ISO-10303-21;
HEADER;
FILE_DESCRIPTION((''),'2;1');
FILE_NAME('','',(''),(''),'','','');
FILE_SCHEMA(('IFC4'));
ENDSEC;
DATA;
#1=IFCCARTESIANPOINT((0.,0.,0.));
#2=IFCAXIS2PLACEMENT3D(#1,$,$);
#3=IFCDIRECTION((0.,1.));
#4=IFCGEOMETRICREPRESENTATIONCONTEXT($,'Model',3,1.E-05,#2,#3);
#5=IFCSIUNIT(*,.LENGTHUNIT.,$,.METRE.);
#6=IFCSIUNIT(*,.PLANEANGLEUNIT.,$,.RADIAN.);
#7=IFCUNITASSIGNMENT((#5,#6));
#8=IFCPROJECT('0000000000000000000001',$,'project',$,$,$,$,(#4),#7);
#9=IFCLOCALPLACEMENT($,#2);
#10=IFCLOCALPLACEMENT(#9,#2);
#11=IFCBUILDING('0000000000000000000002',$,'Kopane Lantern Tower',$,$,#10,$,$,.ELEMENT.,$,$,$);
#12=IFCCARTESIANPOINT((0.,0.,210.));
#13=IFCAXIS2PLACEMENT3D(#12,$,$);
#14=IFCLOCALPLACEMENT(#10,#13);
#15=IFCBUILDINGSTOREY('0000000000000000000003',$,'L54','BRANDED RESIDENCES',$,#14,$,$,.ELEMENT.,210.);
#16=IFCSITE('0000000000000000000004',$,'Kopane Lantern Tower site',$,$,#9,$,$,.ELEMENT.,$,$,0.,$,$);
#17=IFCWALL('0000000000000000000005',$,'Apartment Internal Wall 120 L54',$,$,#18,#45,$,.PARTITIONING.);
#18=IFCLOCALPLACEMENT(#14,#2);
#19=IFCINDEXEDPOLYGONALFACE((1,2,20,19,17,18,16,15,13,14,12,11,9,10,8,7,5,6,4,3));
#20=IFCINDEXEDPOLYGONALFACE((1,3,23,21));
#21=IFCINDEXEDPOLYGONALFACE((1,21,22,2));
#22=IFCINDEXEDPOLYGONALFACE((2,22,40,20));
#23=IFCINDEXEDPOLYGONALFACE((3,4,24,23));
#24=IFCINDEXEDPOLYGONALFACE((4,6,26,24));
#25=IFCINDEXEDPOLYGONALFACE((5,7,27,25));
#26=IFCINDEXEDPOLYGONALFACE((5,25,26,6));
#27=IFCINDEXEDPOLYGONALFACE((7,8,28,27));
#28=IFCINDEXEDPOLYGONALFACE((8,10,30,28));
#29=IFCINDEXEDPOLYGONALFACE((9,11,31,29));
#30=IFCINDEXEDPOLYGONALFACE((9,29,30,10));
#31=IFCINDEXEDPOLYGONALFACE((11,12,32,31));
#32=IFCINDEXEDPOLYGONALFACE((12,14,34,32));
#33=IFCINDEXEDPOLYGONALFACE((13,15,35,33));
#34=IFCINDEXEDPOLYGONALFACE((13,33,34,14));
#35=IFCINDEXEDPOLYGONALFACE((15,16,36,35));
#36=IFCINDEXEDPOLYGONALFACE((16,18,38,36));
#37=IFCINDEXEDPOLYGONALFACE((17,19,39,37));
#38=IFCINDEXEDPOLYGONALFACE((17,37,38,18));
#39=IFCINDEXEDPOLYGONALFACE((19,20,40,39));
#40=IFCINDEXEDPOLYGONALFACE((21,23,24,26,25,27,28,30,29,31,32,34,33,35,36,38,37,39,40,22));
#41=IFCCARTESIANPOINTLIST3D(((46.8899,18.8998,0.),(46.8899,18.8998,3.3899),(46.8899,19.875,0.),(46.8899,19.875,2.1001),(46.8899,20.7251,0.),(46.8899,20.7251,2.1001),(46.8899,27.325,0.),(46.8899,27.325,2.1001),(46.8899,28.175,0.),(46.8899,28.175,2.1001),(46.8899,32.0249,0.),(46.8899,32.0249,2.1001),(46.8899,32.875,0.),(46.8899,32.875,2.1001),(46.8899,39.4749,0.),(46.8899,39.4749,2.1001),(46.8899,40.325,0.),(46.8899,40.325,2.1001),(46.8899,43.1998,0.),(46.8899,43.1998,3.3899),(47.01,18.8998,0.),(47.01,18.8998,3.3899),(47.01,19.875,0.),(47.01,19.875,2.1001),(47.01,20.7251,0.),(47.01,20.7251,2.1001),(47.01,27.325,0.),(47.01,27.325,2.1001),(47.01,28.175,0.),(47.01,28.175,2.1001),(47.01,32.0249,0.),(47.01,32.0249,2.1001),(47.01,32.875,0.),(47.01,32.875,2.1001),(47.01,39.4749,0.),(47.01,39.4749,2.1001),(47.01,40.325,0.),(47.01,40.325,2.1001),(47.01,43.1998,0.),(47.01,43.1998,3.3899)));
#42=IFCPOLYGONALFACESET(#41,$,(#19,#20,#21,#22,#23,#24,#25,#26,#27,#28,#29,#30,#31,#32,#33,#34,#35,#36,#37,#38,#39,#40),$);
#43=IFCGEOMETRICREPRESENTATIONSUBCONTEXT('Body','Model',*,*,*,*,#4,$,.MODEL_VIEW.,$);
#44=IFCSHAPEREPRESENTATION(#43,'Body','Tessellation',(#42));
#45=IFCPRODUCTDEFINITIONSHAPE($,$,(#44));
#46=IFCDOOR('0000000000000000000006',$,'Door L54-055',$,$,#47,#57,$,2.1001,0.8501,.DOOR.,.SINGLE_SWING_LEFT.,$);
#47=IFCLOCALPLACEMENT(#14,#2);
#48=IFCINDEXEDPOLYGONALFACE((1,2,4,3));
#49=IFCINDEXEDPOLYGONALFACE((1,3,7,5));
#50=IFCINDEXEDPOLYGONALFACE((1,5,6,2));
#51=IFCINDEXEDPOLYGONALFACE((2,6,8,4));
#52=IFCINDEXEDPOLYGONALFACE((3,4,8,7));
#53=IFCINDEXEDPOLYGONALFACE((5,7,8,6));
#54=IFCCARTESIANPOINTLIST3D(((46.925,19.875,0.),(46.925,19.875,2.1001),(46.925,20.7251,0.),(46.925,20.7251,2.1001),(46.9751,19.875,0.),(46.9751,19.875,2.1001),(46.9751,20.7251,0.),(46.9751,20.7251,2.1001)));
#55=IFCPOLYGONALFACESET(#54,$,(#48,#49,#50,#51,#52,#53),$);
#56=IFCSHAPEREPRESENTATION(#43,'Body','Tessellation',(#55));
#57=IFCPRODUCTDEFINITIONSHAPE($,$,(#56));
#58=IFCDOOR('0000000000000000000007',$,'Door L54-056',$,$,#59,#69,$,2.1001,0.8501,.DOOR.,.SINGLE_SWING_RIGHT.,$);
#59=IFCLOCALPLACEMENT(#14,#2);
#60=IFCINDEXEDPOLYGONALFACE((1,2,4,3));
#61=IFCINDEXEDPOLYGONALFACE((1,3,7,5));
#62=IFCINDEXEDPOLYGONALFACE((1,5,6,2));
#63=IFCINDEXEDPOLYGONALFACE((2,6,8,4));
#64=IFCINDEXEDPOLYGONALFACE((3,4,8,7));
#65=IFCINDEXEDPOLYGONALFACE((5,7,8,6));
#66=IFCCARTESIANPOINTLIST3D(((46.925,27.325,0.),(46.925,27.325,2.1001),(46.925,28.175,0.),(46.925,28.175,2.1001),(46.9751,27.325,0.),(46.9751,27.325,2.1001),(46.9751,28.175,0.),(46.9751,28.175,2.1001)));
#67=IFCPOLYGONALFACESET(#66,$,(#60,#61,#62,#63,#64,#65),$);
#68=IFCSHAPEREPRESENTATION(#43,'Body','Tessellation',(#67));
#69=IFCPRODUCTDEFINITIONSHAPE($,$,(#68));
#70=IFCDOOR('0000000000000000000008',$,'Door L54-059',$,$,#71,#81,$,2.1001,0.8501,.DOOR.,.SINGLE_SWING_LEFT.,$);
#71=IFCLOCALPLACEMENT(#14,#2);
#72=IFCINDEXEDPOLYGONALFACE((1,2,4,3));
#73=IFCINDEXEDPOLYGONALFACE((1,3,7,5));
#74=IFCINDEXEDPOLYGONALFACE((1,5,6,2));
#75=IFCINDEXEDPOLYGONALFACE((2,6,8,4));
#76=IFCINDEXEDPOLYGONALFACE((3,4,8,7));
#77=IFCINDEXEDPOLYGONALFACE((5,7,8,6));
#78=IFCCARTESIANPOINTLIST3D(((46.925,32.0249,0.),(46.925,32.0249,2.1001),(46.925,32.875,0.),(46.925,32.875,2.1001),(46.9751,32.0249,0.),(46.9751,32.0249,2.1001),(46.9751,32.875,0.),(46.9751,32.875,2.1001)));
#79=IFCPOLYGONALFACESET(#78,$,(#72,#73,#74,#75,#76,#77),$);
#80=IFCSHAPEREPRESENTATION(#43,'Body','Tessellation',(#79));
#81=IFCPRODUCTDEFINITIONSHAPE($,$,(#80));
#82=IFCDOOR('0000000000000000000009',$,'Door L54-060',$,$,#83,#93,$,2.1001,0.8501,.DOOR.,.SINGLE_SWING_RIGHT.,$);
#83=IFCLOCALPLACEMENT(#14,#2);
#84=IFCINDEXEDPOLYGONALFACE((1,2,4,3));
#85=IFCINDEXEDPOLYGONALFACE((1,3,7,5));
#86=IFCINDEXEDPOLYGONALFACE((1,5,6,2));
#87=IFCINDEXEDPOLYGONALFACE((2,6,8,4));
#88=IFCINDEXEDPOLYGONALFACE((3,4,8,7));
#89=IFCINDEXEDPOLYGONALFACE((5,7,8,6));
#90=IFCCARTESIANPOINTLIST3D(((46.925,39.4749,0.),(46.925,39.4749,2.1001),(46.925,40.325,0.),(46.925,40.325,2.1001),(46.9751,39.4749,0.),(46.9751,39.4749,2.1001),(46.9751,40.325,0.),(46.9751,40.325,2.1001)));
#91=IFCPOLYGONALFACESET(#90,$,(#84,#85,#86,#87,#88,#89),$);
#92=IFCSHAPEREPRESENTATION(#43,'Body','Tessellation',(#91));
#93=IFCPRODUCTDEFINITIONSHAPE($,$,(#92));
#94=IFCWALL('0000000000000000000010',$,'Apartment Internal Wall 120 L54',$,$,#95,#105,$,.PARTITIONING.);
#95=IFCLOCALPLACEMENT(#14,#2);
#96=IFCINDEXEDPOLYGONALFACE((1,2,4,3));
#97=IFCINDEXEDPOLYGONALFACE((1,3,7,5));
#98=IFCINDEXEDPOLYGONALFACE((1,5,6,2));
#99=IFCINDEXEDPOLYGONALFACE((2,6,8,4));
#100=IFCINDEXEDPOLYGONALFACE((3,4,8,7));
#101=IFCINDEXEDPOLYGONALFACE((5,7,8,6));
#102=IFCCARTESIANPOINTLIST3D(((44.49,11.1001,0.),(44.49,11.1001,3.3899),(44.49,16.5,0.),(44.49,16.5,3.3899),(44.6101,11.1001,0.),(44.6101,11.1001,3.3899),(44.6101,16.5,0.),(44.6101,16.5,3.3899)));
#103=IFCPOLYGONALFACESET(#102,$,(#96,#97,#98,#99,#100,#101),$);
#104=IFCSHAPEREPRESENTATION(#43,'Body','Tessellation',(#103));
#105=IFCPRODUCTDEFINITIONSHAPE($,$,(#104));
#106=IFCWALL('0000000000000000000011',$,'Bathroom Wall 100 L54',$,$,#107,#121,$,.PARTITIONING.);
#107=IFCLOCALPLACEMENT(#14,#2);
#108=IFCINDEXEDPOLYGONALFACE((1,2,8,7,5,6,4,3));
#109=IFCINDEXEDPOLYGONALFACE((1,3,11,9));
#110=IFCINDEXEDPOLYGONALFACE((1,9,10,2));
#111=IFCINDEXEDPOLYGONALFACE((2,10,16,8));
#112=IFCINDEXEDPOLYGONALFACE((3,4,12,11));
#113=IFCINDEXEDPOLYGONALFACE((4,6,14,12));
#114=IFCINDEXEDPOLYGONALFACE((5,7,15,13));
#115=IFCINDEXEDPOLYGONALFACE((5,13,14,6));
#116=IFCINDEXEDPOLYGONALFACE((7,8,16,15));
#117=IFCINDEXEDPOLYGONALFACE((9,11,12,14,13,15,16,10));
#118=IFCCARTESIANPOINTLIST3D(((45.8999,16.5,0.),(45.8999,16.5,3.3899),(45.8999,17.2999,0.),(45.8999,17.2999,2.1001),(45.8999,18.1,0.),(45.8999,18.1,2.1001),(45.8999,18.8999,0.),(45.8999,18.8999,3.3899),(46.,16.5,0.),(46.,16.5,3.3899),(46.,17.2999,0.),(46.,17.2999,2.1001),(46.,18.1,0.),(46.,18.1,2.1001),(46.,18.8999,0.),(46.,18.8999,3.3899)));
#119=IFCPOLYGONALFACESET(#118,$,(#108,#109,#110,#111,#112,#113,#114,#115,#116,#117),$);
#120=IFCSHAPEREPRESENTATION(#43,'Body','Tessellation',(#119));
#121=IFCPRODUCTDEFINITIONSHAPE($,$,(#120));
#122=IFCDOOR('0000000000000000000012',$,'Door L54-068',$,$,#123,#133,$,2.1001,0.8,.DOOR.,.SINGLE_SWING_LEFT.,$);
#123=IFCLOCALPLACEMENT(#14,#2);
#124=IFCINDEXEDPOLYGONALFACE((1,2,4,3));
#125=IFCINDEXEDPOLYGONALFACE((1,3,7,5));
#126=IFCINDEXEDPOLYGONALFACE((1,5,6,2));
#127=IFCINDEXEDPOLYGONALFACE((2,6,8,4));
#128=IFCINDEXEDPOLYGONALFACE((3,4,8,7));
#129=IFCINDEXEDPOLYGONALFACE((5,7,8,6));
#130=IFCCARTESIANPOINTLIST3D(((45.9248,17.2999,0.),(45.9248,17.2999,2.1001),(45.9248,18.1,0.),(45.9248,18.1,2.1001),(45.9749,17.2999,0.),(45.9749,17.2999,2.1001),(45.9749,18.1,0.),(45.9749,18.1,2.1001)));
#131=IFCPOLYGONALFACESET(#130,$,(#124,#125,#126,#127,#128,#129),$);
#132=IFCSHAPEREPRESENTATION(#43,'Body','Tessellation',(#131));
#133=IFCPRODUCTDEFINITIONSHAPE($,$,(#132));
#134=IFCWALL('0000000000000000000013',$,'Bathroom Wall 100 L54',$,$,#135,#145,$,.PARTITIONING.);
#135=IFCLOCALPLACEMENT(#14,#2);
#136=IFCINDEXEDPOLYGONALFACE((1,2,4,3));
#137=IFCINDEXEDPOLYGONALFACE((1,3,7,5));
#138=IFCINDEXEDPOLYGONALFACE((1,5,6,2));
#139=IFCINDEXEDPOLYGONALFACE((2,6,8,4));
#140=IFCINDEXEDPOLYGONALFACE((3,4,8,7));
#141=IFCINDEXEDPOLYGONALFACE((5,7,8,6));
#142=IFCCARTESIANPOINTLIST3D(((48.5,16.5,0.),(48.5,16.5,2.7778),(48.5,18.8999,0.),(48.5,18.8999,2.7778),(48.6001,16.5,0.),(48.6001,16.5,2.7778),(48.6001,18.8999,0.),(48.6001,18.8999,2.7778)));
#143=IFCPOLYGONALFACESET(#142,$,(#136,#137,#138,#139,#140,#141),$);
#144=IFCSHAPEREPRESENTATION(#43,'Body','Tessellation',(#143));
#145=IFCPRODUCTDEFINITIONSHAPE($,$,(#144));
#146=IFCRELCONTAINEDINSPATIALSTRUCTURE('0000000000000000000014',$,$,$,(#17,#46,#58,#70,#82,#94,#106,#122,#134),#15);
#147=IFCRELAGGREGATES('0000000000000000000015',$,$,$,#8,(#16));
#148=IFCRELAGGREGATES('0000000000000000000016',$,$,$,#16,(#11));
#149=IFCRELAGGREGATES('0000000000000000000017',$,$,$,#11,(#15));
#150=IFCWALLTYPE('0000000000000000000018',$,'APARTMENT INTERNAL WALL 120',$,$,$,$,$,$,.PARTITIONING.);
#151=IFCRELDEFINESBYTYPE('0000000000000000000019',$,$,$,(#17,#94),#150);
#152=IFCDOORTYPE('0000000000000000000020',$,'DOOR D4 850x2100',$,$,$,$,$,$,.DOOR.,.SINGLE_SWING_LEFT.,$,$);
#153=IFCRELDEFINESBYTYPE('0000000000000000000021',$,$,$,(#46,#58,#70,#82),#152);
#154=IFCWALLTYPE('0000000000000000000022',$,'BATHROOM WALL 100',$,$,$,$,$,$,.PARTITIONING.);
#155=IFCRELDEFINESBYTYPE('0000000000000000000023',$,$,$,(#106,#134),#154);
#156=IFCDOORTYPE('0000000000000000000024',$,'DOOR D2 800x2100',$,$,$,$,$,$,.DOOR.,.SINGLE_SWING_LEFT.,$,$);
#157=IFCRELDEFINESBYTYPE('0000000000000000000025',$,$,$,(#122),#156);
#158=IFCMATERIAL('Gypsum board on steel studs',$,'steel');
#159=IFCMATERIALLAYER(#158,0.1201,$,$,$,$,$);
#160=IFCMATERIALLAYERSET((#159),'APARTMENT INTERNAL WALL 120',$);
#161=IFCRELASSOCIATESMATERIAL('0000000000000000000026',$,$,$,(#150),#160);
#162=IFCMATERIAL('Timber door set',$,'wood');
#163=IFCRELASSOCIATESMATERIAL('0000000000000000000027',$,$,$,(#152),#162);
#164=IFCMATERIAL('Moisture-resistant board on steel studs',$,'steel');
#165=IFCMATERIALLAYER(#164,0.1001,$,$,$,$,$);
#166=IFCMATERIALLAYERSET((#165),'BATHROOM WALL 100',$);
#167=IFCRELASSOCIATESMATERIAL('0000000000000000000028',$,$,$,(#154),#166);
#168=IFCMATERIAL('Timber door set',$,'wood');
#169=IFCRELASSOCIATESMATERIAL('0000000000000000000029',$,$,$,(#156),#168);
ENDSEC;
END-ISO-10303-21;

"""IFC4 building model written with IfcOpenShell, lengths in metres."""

from ifc_helpers import new_model, si_unit, direction, frame, frame_2d, origin, place, context, subcontext, project, spatial, rectangle, extrude, material, layer, layer_set, type_object, element, fill, save


model = new_model("IFC4")

# Units and contexts
model_context = context("Model", 3, precision=1e-05, world=origin(), true_north=direction((0.0, 1.0)))
body_context = subcontext(model_context, "Body", "Model", "MODEL_VIEW")
ifc_project = project(units=[si_unit("LENGTHUNIT", "METRE"), si_unit("PLANEANGLEUNIT", "RADIAN")], contexts=[model_context])

# Site, building, storey
site_placement = place(None, origin())
site = spatial("IfcSite", under=ifc_project, at=site_placement, Name="Kopane Lantern Tower site", CompositionType="ELEMENT", RefElevation=0.0)
building_placement = place(site_placement, origin())
building = spatial("IfcBuilding", under=site, at=building_placement, Name="Kopane Lantern Tower", CompositionType="ELEMENT")
storey_placement = place(building_placement, frame((0.0, 0.0, 210.0)))
storey = spatial("IfcBuildingStorey", under=building, at=storey_placement, Name="L54", Description="BRANDED RESIDENCES", CompositionType="ELEMENT", Elevation=210.0)

# Wall, openings, doors
ifc_material_1 = material(Name="Gypsum board on steel studs", Category="steel")
ifc_layer_1 = layer(ifc_material_1, 0.1201)
ifc_layer_set_1 = layer_set([ifc_layer_1], Name="APARTMENT INTERNAL WALL 120")
wall_type_1 = type_object("IfcWallType", Name="APARTMENT INTERNAL WALL 120", PredefinedType="PARTITIONING", material=ifc_layer_set_1)
wall_1_placement = place(storey_placement, frame((46.95, 18.8999, 0.0), z_axis=(0.0, 0.0, 1.0), x_axis=(0.0, 1.0, 0.0)))
wall_1 = element("IfcWall", 1, at=wall_1_placement, inside=storey, type_object=wall_type_1, Name="Apartment Internal Wall 120 L54", PredefinedType="PARTITIONING", context=body_context, shape_type="SweptSolid", body=[
    extrude(rectangle(XDim=24.3, YDim=0.1201, at=frame_2d((12.1499, 0.0))), origin(), (0.0, 0.0, 1.0), 3.3899),
])
opening_1_placement = place(wall_1_placement, frame((0.9751, 0.0, 0.0)))
opening_1 = element("IfcOpeningElement", 2, at=opening_1_placement, cuts=wall_1, PredefinedType="OPENING", context=body_context, shape_type="SweptSolid", body=[
    extrude(rectangle(XDim=0.8501, YDim=2.1001, at=frame_2d((0.425, 1.05))), frame((0.0, 0.0701, 0.0), z_axis=(0.0, -1.0, 0.0), x_axis=(1.0, 0.0, 0.0)), (0.0, 0.0, 1.0), 0.1401),
])
opening_2_placement = place(wall_1_placement, frame((8.425, 0.0, 0.0)))
opening_2 = element("IfcOpeningElement", 3, at=opening_2_placement, cuts=wall_1, PredefinedType="OPENING", context=body_context, shape_type="SweptSolid", body=[
    extrude(rectangle(XDim=0.8501, YDim=2.1001, at=frame_2d((0.425, 1.05))), frame((0.0, 0.0701, 0.0), z_axis=(0.0, -1.0, 0.0), x_axis=(1.0, 0.0, 0.0)), (0.0, 0.0, 1.0), 0.1401),
])
opening_3_placement = place(wall_1_placement, frame((13.125, 0.0, 0.0)))
opening_3 = element("IfcOpeningElement", 4, at=opening_3_placement, cuts=wall_1, PredefinedType="OPENING", context=body_context, shape_type="SweptSolid", body=[
    extrude(rectangle(XDim=0.8501, YDim=2.1001, at=frame_2d((0.425, 1.05))), frame((0.0, 0.0701, 0.0), z_axis=(0.0, -1.0, 0.0), x_axis=(1.0, 0.0, 0.0)), (0.0, 0.0, 1.0), 0.1401),
])
opening_4_placement = place(wall_1_placement, frame((20.575, 0.0, 0.0)))
opening_4 = element("IfcOpeningElement", 5, at=opening_4_placement, cuts=wall_1, PredefinedType="OPENING", context=body_context, shape_type="SweptSolid", body=[
    extrude(rectangle(XDim=0.8501, YDim=2.1001, at=frame_2d((0.425, 1.05))), frame((0.0, 0.0701, 0.0), z_axis=(0.0, -1.0, 0.0), x_axis=(1.0, 0.0, 0.0)), (0.0, 0.0, 1.0), 0.1401),
])
ifc_material_2 = material(Name="Timber door set", Category="wood")
door_type_1 = type_object("IfcDoorType", Name="DOOR D4 850x2100", OperationType="SINGLE_SWING_LEFT", PredefinedType="DOOR", material=ifc_material_2)
door_1_placement = place(opening_1_placement, origin())
door_1 = element("IfcDoor", 6, at=door_1_placement, inside=storey, type_object=door_type_1, Name="Door L54-055", OperationType="SINGLE_SWING_LEFT", OverallHeight=2.1001, OverallWidth=0.8501, PredefinedType="DOOR", context=body_context, shape_type="SweptSolid", body=[
    extrude(rectangle(XDim=0.8501, YDim=2.1001, at=frame_2d((0.425, 1.05))), frame((0.0, 0.0249, 0.0), z_axis=(0.0, -1.0, 0.0), x_axis=(1.0, 0.0, 0.0)), (0.0, 0.0, 1.0), 0.05),
])
fill(opening_1, door_1)
door_2_placement = place(opening_2_placement, origin())
door_2 = element("IfcDoor", 7, at=door_2_placement, inside=storey, type_object=door_type_1, Name="Door L54-056", OperationType="SINGLE_SWING_RIGHT", OverallHeight=2.1001, OverallWidth=0.8501, PredefinedType="DOOR", context=body_context, shape_type="SweptSolid", body=[
    extrude(rectangle(XDim=0.8501, YDim=2.1001, at=frame_2d((0.425, 1.05))), frame((0.0, 0.0249, 0.0), z_axis=(0.0, -1.0, 0.0), x_axis=(1.0, 0.0, 0.0)), (0.0, 0.0, 1.0), 0.05),
])
fill(opening_2, door_2)
door_3_placement = place(opening_3_placement, origin())
door_3 = element("IfcDoor", 8, at=door_3_placement, inside=storey, type_object=door_type_1, Name="Door L54-059", OperationType="SINGLE_SWING_LEFT", OverallHeight=2.1001, OverallWidth=0.8501, PredefinedType="DOOR", context=body_context, shape_type="SweptSolid", body=[
    extrude(rectangle(XDim=0.8501, YDim=2.1001, at=frame_2d((0.425, 1.05))), frame((0.0, 0.0249, 0.0), z_axis=(0.0, -1.0, 0.0), x_axis=(1.0, 0.0, 0.0)), (0.0, 0.0, 1.0), 0.05),
])
fill(opening_3, door_3)
door_4_placement = place(opening_4_placement, origin())
door_4 = element("IfcDoor", 9, at=door_4_placement, inside=storey, type_object=door_type_1, Name="Door L54-060", OperationType="SINGLE_SWING_RIGHT", OverallHeight=2.1001, OverallWidth=0.8501, PredefinedType="DOOR", context=body_context, shape_type="SweptSolid", body=[
    extrude(rectangle(XDim=0.8501, YDim=2.1001, at=frame_2d((0.425, 1.05))), frame((0.0, 0.0249, 0.0), z_axis=(0.0, -1.0, 0.0), x_axis=(1.0, 0.0, 0.0)), (0.0, 0.0, 1.0), 0.05),
])
fill(opening_4, door_4)

# Wall
wall_2_placement = place(storey_placement, frame((44.55, 16.5, 0.0), z_axis=(0.0, 0.0, 1.0), x_axis=(0.0, -1.0, 0.0)))
element("IfcWall", 10, at=wall_2_placement, inside=storey, type_object=wall_type_1, Name="Apartment Internal Wall 120 L54", PredefinedType="PARTITIONING", context=body_context, shape_type="SweptSolid", body=[
    extrude(rectangle(XDim=5.3999, YDim=0.1201, at=frame_2d((2.7, 0.0))), origin(), (0.0, 0.0, 1.0), 3.3899),
])

# Wall, opening, door
ifc_material_3 = material(Name="Moisture-resistant board on steel studs", Category="steel")
ifc_layer_2 = layer(ifc_material_3, 0.1001)
ifc_layer_set_2 = layer_set([ifc_layer_2], Name="BATHROOM WALL 100")
wall_type_2 = type_object("IfcWallType", Name="BATHROOM WALL 100", PredefinedType="PARTITIONING", material=ifc_layer_set_2)
wall_3_placement = place(storey_placement, frame((45.95, 18.8999, 0.0), z_axis=(0.0, 0.0, 1.0), x_axis=(0.0, -1.0, 0.0)))
wall_3 = element("IfcWall", 11, at=wall_3_placement, inside=storey, type_object=wall_type_2, Name="Bathroom Wall 100 L54", PredefinedType="PARTITIONING", context=body_context, shape_type="SweptSolid", body=[
    extrude(rectangle(XDim=2.3999, YDim=0.1001, at=frame_2d((1.2, 0.0))), origin(), (0.0, 0.0, 1.0), 3.3899),
])
opening_5_placement = place(wall_3_placement, frame((0.8, 0.0, 0.0)))
opening_5 = element("IfcOpeningElement", 12, at=opening_5_placement, cuts=wall_3, PredefinedType="OPENING", context=body_context, shape_type="SweptSolid", body=[
    extrude(rectangle(XDim=0.8, YDim=2.1001, at=frame_2d((0.3999, 1.05))), frame((0.0, 0.0601, 0.0), z_axis=(0.0, -1.0, 0.0), x_axis=(1.0, 0.0, 0.0)), (0.0, 0.0, 1.0), 0.1201),
])
ifc_material_4 = material(Name="Timber door set", Category="wood")
door_type_2 = type_object("IfcDoorType", Name="DOOR D2 800x2100", OperationType="SINGLE_SWING_LEFT", PredefinedType="DOOR", material=ifc_material_4)
door_5_placement = place(opening_5_placement, origin())
door_5 = element("IfcDoor", 13, at=door_5_placement, inside=storey, type_object=door_type_2, Name="Door L54-068", OperationType="SINGLE_SWING_LEFT", OverallHeight=2.1001, OverallWidth=0.8, PredefinedType="DOOR", context=body_context, shape_type="SweptSolid", body=[
    extrude(rectangle(XDim=0.8, YDim=2.1001, at=frame_2d((0.3999, 1.05))), frame((0.0, 0.0249, 0.0), z_axis=(0.0, -1.0, 0.0), x_axis=(1.0, 0.0, 0.0)), (0.0, 0.0, 1.0), 0.05),
])
fill(opening_5, door_5)

# Wall
wall_4_placement = place(storey_placement, frame((48.55, 18.8999, 0.0), z_axis=(0.0, 0.0, 1.0), x_axis=(0.0, -1.0, 0.0)))
element("IfcWall", 14, at=wall_4_placement, inside=storey, type_object=wall_type_2, Name="Bathroom Wall 100 L54", PredefinedType="PARTITIONING", context=body_context, shape_type="SweptSolid", body=[
    extrude(rectangle(XDim=2.3999, YDim=0.1001, at=frame_2d((1.2, 0.0))), origin(), (0.0, 0.0, 1.0), 2.7778),
])

save(model, "model.ifc")
